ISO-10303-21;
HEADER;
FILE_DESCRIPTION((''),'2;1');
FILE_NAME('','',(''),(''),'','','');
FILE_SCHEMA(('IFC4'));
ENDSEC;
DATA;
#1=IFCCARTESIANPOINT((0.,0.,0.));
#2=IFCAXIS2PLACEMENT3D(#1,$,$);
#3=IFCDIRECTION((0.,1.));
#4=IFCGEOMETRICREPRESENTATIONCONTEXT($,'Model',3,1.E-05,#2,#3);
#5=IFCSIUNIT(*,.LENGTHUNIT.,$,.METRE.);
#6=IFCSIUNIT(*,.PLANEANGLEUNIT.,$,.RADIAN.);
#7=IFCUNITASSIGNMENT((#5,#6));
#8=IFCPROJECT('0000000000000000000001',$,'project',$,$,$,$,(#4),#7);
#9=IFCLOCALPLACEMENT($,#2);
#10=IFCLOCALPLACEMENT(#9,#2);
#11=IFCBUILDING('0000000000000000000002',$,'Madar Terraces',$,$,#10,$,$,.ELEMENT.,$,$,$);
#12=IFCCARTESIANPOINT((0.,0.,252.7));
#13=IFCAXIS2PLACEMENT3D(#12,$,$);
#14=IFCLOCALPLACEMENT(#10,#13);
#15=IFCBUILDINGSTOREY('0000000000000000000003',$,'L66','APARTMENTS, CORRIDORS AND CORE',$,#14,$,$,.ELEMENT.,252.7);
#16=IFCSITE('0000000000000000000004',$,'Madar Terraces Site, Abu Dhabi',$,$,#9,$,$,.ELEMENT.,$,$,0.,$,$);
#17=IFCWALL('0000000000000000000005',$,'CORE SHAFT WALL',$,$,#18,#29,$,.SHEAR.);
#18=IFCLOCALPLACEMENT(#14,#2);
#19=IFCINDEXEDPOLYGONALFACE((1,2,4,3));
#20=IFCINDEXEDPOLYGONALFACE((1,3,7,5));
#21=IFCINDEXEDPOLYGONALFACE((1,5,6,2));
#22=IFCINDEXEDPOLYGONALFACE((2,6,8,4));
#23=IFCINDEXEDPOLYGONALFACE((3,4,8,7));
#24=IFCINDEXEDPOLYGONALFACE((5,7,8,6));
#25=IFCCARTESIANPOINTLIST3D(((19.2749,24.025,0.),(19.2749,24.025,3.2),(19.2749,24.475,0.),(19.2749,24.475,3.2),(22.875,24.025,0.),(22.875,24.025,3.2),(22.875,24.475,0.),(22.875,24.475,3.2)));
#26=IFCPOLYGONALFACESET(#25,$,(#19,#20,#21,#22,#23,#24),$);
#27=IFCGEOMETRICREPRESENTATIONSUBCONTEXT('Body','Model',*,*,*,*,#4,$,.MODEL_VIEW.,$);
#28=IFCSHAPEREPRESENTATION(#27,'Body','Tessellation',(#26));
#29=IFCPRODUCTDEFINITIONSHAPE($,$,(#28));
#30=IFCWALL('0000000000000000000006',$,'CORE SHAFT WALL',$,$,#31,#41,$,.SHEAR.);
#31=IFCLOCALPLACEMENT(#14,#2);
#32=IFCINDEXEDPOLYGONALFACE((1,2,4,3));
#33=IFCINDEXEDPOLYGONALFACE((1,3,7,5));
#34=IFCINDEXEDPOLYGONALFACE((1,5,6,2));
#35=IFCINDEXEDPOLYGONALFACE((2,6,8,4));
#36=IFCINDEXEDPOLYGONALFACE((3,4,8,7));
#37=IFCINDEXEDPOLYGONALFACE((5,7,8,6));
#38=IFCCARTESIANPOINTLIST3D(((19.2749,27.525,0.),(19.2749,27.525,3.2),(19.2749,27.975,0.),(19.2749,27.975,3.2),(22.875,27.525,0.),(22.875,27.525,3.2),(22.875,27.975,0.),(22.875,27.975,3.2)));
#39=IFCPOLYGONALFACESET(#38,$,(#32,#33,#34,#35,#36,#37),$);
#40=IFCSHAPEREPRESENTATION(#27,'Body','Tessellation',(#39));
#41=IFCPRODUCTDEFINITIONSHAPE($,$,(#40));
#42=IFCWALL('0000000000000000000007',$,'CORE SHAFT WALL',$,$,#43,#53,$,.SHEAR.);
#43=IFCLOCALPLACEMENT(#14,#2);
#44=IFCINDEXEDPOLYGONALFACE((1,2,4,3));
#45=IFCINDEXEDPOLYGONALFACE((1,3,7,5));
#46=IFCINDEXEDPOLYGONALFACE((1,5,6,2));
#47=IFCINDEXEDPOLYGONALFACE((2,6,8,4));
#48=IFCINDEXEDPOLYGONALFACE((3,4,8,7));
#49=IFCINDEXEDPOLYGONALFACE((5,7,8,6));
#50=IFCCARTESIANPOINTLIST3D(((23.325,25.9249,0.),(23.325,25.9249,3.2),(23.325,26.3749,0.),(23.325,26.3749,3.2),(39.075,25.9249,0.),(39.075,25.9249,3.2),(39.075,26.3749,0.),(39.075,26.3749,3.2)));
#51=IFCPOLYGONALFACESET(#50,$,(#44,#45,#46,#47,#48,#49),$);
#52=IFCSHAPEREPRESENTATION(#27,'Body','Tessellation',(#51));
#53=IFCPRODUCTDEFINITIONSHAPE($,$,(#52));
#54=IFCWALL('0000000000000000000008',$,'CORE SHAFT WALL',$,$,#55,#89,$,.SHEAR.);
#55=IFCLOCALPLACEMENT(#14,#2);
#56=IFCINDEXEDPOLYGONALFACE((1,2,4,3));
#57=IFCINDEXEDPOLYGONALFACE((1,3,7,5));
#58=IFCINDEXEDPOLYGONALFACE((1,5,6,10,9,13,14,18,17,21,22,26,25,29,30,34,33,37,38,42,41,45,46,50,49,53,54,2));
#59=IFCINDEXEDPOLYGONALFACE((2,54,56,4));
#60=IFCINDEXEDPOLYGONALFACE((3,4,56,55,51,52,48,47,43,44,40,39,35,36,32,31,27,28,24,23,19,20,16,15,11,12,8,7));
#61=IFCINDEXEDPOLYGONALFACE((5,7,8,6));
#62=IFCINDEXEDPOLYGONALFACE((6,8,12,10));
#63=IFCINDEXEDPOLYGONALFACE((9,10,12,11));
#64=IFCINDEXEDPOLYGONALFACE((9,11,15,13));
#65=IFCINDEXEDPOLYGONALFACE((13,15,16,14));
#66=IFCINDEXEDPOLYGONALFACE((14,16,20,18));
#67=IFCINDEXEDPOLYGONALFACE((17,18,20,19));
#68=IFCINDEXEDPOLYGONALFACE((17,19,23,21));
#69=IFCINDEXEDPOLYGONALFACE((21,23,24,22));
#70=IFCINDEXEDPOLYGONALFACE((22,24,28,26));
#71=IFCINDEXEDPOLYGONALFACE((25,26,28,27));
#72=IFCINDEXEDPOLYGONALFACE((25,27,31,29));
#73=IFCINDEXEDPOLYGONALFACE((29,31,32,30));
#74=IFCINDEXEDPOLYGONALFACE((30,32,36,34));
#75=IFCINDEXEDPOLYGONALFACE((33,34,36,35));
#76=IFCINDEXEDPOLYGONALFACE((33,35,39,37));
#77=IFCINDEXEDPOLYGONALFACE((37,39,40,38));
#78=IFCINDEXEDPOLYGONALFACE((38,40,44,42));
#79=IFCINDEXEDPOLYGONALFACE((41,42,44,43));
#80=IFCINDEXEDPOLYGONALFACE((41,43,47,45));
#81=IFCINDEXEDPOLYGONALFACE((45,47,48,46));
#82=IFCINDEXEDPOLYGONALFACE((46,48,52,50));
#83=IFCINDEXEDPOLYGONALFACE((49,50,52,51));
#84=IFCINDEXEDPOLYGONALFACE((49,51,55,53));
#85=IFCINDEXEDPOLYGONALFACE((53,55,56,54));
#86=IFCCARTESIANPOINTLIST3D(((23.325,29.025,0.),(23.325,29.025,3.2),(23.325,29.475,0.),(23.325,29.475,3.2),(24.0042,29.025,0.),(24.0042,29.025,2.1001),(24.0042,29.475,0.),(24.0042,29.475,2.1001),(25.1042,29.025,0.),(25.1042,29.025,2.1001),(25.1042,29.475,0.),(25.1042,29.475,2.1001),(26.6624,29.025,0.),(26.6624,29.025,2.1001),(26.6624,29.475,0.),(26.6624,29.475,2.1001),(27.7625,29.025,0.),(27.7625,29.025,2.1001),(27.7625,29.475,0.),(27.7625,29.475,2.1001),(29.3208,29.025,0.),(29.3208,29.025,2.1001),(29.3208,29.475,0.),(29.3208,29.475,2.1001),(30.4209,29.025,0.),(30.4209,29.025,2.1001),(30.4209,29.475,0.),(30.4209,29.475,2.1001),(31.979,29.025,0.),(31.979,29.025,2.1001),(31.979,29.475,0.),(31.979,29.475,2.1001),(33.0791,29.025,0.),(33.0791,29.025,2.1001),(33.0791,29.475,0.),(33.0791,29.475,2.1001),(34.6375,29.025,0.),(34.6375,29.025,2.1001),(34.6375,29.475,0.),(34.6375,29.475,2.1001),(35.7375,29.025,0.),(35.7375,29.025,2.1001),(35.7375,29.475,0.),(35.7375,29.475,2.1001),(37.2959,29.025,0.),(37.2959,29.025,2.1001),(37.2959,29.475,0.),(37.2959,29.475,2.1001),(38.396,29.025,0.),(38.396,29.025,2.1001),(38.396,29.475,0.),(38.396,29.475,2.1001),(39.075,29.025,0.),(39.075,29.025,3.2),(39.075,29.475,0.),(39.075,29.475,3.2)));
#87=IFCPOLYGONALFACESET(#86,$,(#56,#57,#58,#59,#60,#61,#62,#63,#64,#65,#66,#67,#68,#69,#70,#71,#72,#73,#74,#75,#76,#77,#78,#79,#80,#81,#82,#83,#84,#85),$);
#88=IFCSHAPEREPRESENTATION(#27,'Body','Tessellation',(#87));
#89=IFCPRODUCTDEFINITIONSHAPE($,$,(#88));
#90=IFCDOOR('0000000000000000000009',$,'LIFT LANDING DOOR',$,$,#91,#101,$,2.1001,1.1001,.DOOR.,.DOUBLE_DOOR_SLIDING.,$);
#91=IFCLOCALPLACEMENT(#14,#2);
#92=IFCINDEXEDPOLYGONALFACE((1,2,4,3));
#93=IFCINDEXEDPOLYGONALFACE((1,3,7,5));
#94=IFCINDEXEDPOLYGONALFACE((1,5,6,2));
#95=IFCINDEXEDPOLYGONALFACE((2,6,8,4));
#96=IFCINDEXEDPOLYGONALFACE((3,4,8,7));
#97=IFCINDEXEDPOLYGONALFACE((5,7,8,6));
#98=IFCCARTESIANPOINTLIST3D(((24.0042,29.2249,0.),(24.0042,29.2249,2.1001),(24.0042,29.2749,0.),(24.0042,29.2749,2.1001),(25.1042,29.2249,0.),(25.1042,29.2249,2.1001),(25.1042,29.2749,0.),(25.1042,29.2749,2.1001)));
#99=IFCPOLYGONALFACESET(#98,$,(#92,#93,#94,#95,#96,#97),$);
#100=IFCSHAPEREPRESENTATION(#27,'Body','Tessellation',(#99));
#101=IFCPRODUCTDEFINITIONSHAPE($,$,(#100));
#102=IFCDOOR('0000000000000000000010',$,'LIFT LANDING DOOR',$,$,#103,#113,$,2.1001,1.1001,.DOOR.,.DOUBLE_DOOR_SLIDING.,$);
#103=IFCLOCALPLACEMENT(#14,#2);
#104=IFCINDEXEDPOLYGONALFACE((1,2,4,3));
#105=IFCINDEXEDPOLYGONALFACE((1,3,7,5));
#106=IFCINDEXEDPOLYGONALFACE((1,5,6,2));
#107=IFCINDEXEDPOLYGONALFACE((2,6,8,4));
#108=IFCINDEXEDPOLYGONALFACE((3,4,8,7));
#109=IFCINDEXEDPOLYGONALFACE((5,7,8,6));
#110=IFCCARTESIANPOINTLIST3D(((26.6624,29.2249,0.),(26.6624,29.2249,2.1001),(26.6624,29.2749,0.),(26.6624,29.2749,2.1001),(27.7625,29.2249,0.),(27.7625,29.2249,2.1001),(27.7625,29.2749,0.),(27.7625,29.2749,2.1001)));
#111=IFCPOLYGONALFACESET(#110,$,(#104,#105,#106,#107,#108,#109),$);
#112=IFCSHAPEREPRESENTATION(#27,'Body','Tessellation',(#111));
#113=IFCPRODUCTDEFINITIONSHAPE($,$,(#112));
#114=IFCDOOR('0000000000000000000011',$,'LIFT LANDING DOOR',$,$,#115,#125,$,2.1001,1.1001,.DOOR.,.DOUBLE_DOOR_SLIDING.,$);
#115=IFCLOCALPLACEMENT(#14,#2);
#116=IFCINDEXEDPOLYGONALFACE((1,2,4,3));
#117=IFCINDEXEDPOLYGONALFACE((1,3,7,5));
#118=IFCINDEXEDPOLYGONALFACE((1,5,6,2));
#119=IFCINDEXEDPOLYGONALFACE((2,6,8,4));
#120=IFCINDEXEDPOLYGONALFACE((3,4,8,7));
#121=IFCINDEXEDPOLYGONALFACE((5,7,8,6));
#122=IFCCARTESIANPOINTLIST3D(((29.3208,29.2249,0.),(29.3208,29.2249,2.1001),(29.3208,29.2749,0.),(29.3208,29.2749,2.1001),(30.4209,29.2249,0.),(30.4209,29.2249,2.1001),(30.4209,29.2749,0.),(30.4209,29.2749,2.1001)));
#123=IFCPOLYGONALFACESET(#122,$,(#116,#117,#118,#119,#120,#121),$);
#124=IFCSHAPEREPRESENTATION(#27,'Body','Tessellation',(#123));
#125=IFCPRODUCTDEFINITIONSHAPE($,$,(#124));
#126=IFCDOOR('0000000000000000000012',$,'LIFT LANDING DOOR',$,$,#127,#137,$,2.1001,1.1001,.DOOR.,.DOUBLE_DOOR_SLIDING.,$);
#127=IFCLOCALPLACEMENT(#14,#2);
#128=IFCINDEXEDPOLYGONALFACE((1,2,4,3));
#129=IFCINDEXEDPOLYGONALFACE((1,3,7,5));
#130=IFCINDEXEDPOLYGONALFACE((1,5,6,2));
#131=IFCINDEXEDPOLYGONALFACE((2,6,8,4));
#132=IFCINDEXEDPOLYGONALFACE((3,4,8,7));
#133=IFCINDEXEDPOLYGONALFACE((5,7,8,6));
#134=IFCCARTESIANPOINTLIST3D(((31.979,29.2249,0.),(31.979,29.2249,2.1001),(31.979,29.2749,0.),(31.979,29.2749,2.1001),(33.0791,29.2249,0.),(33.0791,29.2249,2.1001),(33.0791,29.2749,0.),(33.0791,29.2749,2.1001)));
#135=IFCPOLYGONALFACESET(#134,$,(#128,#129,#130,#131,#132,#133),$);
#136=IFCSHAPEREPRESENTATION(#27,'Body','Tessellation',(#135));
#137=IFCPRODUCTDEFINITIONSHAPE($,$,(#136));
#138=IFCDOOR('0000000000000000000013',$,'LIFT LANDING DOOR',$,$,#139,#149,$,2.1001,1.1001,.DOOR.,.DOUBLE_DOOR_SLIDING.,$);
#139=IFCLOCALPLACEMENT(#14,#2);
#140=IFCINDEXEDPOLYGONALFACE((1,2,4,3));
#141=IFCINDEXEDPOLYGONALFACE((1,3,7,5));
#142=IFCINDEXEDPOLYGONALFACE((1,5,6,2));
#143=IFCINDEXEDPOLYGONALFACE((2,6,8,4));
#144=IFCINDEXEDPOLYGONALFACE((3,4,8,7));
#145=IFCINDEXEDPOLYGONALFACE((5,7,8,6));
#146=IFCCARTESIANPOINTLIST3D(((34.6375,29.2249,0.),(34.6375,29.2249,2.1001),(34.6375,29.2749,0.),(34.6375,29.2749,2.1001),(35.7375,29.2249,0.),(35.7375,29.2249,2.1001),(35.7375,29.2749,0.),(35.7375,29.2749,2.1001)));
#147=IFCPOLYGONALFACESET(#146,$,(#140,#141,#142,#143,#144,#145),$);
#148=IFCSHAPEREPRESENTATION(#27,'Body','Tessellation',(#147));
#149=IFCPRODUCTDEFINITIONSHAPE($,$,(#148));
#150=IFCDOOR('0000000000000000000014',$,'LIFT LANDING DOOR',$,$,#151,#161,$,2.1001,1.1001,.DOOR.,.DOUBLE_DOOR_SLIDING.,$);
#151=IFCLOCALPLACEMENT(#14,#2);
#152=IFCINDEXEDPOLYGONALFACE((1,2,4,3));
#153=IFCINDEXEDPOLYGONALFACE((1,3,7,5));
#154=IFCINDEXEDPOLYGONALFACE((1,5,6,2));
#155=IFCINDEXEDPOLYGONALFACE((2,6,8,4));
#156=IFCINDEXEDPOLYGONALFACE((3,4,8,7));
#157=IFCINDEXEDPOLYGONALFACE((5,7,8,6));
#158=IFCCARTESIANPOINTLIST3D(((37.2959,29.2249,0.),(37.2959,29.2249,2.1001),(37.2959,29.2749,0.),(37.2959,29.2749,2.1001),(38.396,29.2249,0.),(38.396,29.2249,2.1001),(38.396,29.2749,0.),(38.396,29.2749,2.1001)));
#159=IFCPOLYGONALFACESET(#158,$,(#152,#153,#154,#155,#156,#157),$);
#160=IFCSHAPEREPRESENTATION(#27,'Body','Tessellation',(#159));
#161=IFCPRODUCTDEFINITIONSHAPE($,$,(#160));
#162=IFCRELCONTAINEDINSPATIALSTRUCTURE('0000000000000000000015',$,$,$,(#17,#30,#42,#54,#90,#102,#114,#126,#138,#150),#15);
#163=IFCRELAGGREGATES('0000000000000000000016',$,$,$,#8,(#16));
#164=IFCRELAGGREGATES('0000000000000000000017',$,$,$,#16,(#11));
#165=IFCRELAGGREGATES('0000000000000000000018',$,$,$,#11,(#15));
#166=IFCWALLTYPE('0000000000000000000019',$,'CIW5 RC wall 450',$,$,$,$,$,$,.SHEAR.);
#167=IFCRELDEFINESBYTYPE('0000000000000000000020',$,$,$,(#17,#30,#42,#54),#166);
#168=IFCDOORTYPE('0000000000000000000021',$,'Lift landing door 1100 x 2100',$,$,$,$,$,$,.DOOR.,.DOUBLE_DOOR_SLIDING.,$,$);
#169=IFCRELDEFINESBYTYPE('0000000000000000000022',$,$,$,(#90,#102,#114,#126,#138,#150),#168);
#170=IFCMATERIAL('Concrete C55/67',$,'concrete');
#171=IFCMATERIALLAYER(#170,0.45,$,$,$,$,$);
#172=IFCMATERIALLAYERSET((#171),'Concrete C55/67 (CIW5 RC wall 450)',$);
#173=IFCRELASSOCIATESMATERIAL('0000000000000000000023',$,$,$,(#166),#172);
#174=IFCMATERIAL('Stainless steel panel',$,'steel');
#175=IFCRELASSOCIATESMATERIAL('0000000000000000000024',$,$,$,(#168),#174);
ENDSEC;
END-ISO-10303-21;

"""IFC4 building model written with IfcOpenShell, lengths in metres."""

from ifc_helpers import new_model, si_unit, direction, frame, frame_2d, origin, place, context, subcontext, project, spatial, rectangle, extrude, material, layer, layer_set, type_object, element, fill, save


model = new_model("IFC4")

# Units and contexts
model_context = context("Model", 3, precision=1e-05, world=origin(), true_north=direction((0.0, 1.0)))
body_context = subcontext(model_context, "Body", "Model", "MODEL_VIEW")
ifc_project = project(units=[si_unit("LENGTHUNIT", "METRE"), si_unit("PLANEANGLEUNIT", "RADIAN")], contexts=[model_context])

# Site, building, storey
site_placement = place(None, origin())
site = spatial("IfcSite", under=ifc_project, at=site_placement, Name="Madar Terraces Site, Abu Dhabi", CompositionType="ELEMENT", RefElevation=0.0)
building_placement = place(site_placement, origin())
building = spatial("IfcBuilding", under=site, at=building_placement, Name="Madar Terraces", CompositionType="ELEMENT")
storey_placement = place(building_placement, frame((0.0, 0.0, 252.7)))
storey = spatial("IfcBuildingStorey", under=building, at=storey_placement, Name="L66", Description="APARTMENTS, CORRIDORS AND CORE", CompositionType="ELEMENT", Elevation=252.7)

# Walls
ifc_material_1 = material(Name="Concrete C55/67", Category="concrete")
ifc_layer_1 = layer(ifc_material_1, 0.45)
ifc_layer_set_1 = layer_set([ifc_layer_1], Name="Concrete C55/67 (CIW5 RC wall 450)")
wall_type_1 = type_object("IfcWallType", Name="CIW5 RC wall 450", PredefinedType="SHEAR", material=ifc_layer_set_1)
for number, where, z_axis, x_axis, name in (
    (1, (19.2749, 24.25, 0.0), (0.0, 0.0, 1.0), (1.0, 0.0, 0.0), "CORE SHAFT WALL"),
    (2, (19.2749, 27.75, 0.0), (0.0, 0.0, 1.0), (1.0, 0.0, 0.0), "CORE SHAFT WALL"),
):
    element("IfcWall", number, at=place(storey_placement, frame(where, z_axis=z_axis, x_axis=x_axis)), inside=storey, type_object=wall_type_1, Name=name, PredefinedType="SHEAR", context=body_context, shape_type="SweptSolid", body=[
        extrude(rectangle(XDim=3.6001, YDim=0.45, at=frame_2d((1.8, 0.0))), origin(), (0.0, 0.0, 1.0), 3.2),
    ])
wall_1_placement = place(storey_placement, frame((23.325, 26.1499, 0.0), z_axis=(0.0, 0.0, 1.0), x_axis=(1.0, 0.0, 0.0)))
element("IfcWall", 3, at=wall_1_placement, inside=storey, type_object=wall_type_1, Name="CORE SHAFT WALL", PredefinedType="SHEAR", context=body_context, shape_type="SweptSolid", body=[
    extrude(rectangle(XDim=15.75, YDim=0.45, at=frame_2d((7.875, 0.0))), origin(), (0.0, 0.0, 1.0), 3.2),
])

# Wall, openings, doors
wall_2_placement = place(storey_placement, frame((23.325, 29.25, 0.0), z_axis=(0.0, 0.0, 1.0), x_axis=(1.0, 0.0, 0.0)))
wall_2 = element("IfcWall", 4, at=wall_2_placement, inside=storey, type_object=wall_type_1, Name="CORE SHAFT WALL", PredefinedType="SHEAR", context=body_context, shape_type="SweptSolid", body=[
    extrude(rectangle(XDim=15.75, YDim=0.45, at=frame_2d((7.875, 0.0))), origin(), (0.0, 0.0, 1.0), 3.2),
])
opening_1_placement = place(wall_2_placement, frame((0.6792, 0.0, 0.0)))
opening_1 = element("IfcOpeningElement", 5, at=opening_1_placement, cuts=wall_2, PredefinedType="OPENING", context=body_context, shape_type="SweptSolid", body=[
    extrude(rectangle(XDim=1.1001, YDim=2.1001, at=frame_2d((0.55, 1.05))), frame((0.0, 0.2349, 0.0), z_axis=(0.0, -1.0, 0.0), x_axis=(1.0, 0.0, 0.0)), (0.0, 0.0, 1.0), 0.47),
])
opening_2_placement = place(wall_2_placement, frame((3.3374, 0.0, 0.0)))
opening_2 = element("IfcOpeningElement", 6, at=opening_2_placement, cuts=wall_2, PredefinedType="OPENING", context=body_context, shape_type="SweptSolid", body=[
    extrude(rectangle(XDim=1.1001, YDim=2.1001, at=frame_2d((0.55, 1.05))), frame((0.0, 0.2349, 0.0), z_axis=(0.0, -1.0, 0.0), x_axis=(1.0, 0.0, 0.0)), (0.0, 0.0, 1.0), 0.47),
])
opening_3_placement = place(wall_2_placement, frame((5.9958, 0.0, 0.0)))
opening_3 = element("IfcOpeningElement", 7, at=opening_3_placement, cuts=wall_2, PredefinedType="OPENING", context=body_context, shape_type="SweptSolid", body=[
    extrude(rectangle(XDim=1.1001, YDim=2.1001, at=frame_2d((0.55, 1.05))), frame((0.0, 0.2349, 0.0), z_axis=(0.0, -1.0, 0.0), x_axis=(1.0, 0.0, 0.0)), (0.0, 0.0, 1.0), 0.47),
])
opening_4_placement = place(wall_2_placement, frame((8.6541, 0.0, 0.0)))
opening_4 = element("IfcOpeningElement", 8, at=opening_4_placement, cuts=wall_2, PredefinedType="OPENING", context=body_context, shape_type="SweptSolid", body=[
    extrude(rectangle(XDim=1.1001, YDim=2.1001, at=frame_2d((0.55, 1.05))), frame((0.0, 0.2349, 0.0), z_axis=(0.0, -1.0, 0.0), x_axis=(1.0, 0.0, 0.0)), (0.0, 0.0, 1.0), 0.47),
])
opening_5_placement = place(wall_2_placement, frame((11.3125, 0.0, 0.0)))
opening_5 = element("IfcOpeningElement", 9, at=opening_5_placement, cuts=wall_2, PredefinedType="OPENING", context=body_context, shape_type="SweptSolid", body=[
    extrude(rectangle(XDim=1.1001, YDim=2.1001, at=frame_2d((0.55, 1.05))), frame((0.0, 0.2349, 0.0), z_axis=(0.0, -1.0, 0.0), x_axis=(1.0, 0.0, 0.0)), (0.0, 0.0, 1.0), 0.47),
])
opening_6_placement = place(wall_2_placement, frame((13.9709, 0.0, 0.0)))
opening_6 = element("IfcOpeningElement", 10, at=opening_6_placement, cuts=wall_2, PredefinedType="OPENING", context=body_context, shape_type="SweptSolid", body=[
    extrude(rectangle(XDim=1.1001, YDim=2.1001, at=frame_2d((0.55, 1.05))), frame((0.0, 0.2349, 0.0), z_axis=(0.0, -1.0, 0.0), x_axis=(1.0, 0.0, 0.0)), (0.0, 0.0, 1.0), 0.47),
])
ifc_material_2 = material(Name="Stainless steel panel", Category="steel")
door_type_1 = type_object("IfcDoorType", Name="Lift landing door 1100 x 2100", OperationType="DOUBLE_DOOR_SLIDING", PredefinedType="DOOR", material=ifc_material_2)
door_1_placement = place(opening_1_placement, origin())
door_1 = element("IfcDoor", 11, at=door_1_placement, inside=storey, type_object=door_type_1, Name="LIFT LANDING DOOR", OperationType="DOUBLE_DOOR_SLIDING", OverallHeight=2.1001, OverallWidth=1.1001, PredefinedType="DOOR", context=body_context, shape_type="SweptSolid", body=[
    extrude(rectangle(XDim=1.1001, YDim=2.1001, at=frame_2d((0.55, 1.05))), frame((0.0, 0.0249, 0.0), z_axis=(0.0, -1.0, 0.0), x_axis=(1.0, 0.0, 0.0)), (0.0, 0.0, 1.0), 0.05),
])
fill(opening_1, door_1)
door_2_placement = place(opening_2_placement, origin())
door_2 = element("IfcDoor", 12, at=door_2_placement, inside=storey, type_object=door_type_1, Name="LIFT LANDING DOOR", OperationType="DOUBLE_DOOR_SLIDING", OverallHeight=2.1001, OverallWidth=1.1001, PredefinedType="DOOR", context=body_context, shape_type="SweptSolid", body=[
    extrude(rectangle(XDim=1.1001, YDim=2.1001, at=frame_2d((0.55, 1.05))), frame((0.0, 0.0249, 0.0), z_axis=(0.0, -1.0, 0.0), x_axis=(1.0, 0.0, 0.0)), (0.0, 0.0, 1.0), 0.05),
])
fill(opening_2, door_2)
door_3_placement = place(opening_3_placement, origin())
door_3 = element("IfcDoor", 13, at=door_3_placement, inside=storey, type_object=door_type_1, Name="LIFT LANDING DOOR", OperationType="DOUBLE_DOOR_SLIDING", OverallHeight=2.1001, OverallWidth=1.1001, PredefinedType="DOOR", context=body_context, shape_type="SweptSolid", body=[
    extrude(rectangle(XDim=1.1001, YDim=2.1001, at=frame_2d((0.55, 1.05))), frame((0.0, 0.0249, 0.0), z_axis=(0.0, -1.0, 0.0), x_axis=(1.0, 0.0, 0.0)), (0.0, 0.0, 1.0), 0.05),
])
fill(opening_3, door_3)
door_4_placement = place(opening_4_placement, origin())
door_4 = element("IfcDoor", 14, at=door_4_placement, inside=storey, type_object=door_type_1, Name="LIFT LANDING DOOR", OperationType="DOUBLE_DOOR_SLIDING", OverallHeight=2.1001, OverallWidth=1.1001, PredefinedType="DOOR", context=body_context, shape_type="SweptSolid", body=[
    extrude(rectangle(XDim=1.1001, YDim=2.1001, at=frame_2d((0.55, 1.05))), frame((0.0, 0.0249, 0.0), z_axis=(0.0, -1.0, 0.0), x_axis=(1.0, 0.0, 0.0)), (0.0, 0.0, 1.0), 0.05),
])
fill(opening_4, door_4)
door_5_placement = place(opening_5_placement, origin())
door_5 = element("IfcDoor", 15, at=door_5_placement, inside=storey, type_object=door_type_1, Name="LIFT LANDING DOOR", OperationType="DOUBLE_DOOR_SLIDING", OverallHeight=2.1001, OverallWidth=1.1001, PredefinedType="DOOR", context=body_context, shape_type="SweptSolid", body=[
    extrude(rectangle(XDim=1.1001, YDim=2.1001, at=frame_2d((0.55, 1.05))), frame((0.0, 0.0249, 0.0), z_axis=(0.0, -1.0, 0.0), x_axis=(1.0, 0.0, 0.0)), (0.0, 0.0, 1.0), 0.05),
])
fill(opening_5, door_5)
door_6_placement = place(opening_6_placement, origin())
door_6 = element("IfcDoor", 16, at=door_6_placement, inside=storey, type_object=door_type_1, Name="LIFT LANDING DOOR", OperationType="DOUBLE_DOOR_SLIDING", OverallHeight=2.1001, OverallWidth=1.1001, PredefinedType="DOOR", context=body_context, shape_type="SweptSolid", body=[
    extrude(rectangle(XDim=1.1001, YDim=2.1001, at=frame_2d((0.55, 1.05))), frame((0.0, 0.0249, 0.0), z_axis=(0.0, -1.0, 0.0), x_axis=(1.0, 0.0, 0.0)), (0.0, 0.0, 1.0), 0.05),
])
fill(opening_6, door_6)

save(model, "model.ifc")
